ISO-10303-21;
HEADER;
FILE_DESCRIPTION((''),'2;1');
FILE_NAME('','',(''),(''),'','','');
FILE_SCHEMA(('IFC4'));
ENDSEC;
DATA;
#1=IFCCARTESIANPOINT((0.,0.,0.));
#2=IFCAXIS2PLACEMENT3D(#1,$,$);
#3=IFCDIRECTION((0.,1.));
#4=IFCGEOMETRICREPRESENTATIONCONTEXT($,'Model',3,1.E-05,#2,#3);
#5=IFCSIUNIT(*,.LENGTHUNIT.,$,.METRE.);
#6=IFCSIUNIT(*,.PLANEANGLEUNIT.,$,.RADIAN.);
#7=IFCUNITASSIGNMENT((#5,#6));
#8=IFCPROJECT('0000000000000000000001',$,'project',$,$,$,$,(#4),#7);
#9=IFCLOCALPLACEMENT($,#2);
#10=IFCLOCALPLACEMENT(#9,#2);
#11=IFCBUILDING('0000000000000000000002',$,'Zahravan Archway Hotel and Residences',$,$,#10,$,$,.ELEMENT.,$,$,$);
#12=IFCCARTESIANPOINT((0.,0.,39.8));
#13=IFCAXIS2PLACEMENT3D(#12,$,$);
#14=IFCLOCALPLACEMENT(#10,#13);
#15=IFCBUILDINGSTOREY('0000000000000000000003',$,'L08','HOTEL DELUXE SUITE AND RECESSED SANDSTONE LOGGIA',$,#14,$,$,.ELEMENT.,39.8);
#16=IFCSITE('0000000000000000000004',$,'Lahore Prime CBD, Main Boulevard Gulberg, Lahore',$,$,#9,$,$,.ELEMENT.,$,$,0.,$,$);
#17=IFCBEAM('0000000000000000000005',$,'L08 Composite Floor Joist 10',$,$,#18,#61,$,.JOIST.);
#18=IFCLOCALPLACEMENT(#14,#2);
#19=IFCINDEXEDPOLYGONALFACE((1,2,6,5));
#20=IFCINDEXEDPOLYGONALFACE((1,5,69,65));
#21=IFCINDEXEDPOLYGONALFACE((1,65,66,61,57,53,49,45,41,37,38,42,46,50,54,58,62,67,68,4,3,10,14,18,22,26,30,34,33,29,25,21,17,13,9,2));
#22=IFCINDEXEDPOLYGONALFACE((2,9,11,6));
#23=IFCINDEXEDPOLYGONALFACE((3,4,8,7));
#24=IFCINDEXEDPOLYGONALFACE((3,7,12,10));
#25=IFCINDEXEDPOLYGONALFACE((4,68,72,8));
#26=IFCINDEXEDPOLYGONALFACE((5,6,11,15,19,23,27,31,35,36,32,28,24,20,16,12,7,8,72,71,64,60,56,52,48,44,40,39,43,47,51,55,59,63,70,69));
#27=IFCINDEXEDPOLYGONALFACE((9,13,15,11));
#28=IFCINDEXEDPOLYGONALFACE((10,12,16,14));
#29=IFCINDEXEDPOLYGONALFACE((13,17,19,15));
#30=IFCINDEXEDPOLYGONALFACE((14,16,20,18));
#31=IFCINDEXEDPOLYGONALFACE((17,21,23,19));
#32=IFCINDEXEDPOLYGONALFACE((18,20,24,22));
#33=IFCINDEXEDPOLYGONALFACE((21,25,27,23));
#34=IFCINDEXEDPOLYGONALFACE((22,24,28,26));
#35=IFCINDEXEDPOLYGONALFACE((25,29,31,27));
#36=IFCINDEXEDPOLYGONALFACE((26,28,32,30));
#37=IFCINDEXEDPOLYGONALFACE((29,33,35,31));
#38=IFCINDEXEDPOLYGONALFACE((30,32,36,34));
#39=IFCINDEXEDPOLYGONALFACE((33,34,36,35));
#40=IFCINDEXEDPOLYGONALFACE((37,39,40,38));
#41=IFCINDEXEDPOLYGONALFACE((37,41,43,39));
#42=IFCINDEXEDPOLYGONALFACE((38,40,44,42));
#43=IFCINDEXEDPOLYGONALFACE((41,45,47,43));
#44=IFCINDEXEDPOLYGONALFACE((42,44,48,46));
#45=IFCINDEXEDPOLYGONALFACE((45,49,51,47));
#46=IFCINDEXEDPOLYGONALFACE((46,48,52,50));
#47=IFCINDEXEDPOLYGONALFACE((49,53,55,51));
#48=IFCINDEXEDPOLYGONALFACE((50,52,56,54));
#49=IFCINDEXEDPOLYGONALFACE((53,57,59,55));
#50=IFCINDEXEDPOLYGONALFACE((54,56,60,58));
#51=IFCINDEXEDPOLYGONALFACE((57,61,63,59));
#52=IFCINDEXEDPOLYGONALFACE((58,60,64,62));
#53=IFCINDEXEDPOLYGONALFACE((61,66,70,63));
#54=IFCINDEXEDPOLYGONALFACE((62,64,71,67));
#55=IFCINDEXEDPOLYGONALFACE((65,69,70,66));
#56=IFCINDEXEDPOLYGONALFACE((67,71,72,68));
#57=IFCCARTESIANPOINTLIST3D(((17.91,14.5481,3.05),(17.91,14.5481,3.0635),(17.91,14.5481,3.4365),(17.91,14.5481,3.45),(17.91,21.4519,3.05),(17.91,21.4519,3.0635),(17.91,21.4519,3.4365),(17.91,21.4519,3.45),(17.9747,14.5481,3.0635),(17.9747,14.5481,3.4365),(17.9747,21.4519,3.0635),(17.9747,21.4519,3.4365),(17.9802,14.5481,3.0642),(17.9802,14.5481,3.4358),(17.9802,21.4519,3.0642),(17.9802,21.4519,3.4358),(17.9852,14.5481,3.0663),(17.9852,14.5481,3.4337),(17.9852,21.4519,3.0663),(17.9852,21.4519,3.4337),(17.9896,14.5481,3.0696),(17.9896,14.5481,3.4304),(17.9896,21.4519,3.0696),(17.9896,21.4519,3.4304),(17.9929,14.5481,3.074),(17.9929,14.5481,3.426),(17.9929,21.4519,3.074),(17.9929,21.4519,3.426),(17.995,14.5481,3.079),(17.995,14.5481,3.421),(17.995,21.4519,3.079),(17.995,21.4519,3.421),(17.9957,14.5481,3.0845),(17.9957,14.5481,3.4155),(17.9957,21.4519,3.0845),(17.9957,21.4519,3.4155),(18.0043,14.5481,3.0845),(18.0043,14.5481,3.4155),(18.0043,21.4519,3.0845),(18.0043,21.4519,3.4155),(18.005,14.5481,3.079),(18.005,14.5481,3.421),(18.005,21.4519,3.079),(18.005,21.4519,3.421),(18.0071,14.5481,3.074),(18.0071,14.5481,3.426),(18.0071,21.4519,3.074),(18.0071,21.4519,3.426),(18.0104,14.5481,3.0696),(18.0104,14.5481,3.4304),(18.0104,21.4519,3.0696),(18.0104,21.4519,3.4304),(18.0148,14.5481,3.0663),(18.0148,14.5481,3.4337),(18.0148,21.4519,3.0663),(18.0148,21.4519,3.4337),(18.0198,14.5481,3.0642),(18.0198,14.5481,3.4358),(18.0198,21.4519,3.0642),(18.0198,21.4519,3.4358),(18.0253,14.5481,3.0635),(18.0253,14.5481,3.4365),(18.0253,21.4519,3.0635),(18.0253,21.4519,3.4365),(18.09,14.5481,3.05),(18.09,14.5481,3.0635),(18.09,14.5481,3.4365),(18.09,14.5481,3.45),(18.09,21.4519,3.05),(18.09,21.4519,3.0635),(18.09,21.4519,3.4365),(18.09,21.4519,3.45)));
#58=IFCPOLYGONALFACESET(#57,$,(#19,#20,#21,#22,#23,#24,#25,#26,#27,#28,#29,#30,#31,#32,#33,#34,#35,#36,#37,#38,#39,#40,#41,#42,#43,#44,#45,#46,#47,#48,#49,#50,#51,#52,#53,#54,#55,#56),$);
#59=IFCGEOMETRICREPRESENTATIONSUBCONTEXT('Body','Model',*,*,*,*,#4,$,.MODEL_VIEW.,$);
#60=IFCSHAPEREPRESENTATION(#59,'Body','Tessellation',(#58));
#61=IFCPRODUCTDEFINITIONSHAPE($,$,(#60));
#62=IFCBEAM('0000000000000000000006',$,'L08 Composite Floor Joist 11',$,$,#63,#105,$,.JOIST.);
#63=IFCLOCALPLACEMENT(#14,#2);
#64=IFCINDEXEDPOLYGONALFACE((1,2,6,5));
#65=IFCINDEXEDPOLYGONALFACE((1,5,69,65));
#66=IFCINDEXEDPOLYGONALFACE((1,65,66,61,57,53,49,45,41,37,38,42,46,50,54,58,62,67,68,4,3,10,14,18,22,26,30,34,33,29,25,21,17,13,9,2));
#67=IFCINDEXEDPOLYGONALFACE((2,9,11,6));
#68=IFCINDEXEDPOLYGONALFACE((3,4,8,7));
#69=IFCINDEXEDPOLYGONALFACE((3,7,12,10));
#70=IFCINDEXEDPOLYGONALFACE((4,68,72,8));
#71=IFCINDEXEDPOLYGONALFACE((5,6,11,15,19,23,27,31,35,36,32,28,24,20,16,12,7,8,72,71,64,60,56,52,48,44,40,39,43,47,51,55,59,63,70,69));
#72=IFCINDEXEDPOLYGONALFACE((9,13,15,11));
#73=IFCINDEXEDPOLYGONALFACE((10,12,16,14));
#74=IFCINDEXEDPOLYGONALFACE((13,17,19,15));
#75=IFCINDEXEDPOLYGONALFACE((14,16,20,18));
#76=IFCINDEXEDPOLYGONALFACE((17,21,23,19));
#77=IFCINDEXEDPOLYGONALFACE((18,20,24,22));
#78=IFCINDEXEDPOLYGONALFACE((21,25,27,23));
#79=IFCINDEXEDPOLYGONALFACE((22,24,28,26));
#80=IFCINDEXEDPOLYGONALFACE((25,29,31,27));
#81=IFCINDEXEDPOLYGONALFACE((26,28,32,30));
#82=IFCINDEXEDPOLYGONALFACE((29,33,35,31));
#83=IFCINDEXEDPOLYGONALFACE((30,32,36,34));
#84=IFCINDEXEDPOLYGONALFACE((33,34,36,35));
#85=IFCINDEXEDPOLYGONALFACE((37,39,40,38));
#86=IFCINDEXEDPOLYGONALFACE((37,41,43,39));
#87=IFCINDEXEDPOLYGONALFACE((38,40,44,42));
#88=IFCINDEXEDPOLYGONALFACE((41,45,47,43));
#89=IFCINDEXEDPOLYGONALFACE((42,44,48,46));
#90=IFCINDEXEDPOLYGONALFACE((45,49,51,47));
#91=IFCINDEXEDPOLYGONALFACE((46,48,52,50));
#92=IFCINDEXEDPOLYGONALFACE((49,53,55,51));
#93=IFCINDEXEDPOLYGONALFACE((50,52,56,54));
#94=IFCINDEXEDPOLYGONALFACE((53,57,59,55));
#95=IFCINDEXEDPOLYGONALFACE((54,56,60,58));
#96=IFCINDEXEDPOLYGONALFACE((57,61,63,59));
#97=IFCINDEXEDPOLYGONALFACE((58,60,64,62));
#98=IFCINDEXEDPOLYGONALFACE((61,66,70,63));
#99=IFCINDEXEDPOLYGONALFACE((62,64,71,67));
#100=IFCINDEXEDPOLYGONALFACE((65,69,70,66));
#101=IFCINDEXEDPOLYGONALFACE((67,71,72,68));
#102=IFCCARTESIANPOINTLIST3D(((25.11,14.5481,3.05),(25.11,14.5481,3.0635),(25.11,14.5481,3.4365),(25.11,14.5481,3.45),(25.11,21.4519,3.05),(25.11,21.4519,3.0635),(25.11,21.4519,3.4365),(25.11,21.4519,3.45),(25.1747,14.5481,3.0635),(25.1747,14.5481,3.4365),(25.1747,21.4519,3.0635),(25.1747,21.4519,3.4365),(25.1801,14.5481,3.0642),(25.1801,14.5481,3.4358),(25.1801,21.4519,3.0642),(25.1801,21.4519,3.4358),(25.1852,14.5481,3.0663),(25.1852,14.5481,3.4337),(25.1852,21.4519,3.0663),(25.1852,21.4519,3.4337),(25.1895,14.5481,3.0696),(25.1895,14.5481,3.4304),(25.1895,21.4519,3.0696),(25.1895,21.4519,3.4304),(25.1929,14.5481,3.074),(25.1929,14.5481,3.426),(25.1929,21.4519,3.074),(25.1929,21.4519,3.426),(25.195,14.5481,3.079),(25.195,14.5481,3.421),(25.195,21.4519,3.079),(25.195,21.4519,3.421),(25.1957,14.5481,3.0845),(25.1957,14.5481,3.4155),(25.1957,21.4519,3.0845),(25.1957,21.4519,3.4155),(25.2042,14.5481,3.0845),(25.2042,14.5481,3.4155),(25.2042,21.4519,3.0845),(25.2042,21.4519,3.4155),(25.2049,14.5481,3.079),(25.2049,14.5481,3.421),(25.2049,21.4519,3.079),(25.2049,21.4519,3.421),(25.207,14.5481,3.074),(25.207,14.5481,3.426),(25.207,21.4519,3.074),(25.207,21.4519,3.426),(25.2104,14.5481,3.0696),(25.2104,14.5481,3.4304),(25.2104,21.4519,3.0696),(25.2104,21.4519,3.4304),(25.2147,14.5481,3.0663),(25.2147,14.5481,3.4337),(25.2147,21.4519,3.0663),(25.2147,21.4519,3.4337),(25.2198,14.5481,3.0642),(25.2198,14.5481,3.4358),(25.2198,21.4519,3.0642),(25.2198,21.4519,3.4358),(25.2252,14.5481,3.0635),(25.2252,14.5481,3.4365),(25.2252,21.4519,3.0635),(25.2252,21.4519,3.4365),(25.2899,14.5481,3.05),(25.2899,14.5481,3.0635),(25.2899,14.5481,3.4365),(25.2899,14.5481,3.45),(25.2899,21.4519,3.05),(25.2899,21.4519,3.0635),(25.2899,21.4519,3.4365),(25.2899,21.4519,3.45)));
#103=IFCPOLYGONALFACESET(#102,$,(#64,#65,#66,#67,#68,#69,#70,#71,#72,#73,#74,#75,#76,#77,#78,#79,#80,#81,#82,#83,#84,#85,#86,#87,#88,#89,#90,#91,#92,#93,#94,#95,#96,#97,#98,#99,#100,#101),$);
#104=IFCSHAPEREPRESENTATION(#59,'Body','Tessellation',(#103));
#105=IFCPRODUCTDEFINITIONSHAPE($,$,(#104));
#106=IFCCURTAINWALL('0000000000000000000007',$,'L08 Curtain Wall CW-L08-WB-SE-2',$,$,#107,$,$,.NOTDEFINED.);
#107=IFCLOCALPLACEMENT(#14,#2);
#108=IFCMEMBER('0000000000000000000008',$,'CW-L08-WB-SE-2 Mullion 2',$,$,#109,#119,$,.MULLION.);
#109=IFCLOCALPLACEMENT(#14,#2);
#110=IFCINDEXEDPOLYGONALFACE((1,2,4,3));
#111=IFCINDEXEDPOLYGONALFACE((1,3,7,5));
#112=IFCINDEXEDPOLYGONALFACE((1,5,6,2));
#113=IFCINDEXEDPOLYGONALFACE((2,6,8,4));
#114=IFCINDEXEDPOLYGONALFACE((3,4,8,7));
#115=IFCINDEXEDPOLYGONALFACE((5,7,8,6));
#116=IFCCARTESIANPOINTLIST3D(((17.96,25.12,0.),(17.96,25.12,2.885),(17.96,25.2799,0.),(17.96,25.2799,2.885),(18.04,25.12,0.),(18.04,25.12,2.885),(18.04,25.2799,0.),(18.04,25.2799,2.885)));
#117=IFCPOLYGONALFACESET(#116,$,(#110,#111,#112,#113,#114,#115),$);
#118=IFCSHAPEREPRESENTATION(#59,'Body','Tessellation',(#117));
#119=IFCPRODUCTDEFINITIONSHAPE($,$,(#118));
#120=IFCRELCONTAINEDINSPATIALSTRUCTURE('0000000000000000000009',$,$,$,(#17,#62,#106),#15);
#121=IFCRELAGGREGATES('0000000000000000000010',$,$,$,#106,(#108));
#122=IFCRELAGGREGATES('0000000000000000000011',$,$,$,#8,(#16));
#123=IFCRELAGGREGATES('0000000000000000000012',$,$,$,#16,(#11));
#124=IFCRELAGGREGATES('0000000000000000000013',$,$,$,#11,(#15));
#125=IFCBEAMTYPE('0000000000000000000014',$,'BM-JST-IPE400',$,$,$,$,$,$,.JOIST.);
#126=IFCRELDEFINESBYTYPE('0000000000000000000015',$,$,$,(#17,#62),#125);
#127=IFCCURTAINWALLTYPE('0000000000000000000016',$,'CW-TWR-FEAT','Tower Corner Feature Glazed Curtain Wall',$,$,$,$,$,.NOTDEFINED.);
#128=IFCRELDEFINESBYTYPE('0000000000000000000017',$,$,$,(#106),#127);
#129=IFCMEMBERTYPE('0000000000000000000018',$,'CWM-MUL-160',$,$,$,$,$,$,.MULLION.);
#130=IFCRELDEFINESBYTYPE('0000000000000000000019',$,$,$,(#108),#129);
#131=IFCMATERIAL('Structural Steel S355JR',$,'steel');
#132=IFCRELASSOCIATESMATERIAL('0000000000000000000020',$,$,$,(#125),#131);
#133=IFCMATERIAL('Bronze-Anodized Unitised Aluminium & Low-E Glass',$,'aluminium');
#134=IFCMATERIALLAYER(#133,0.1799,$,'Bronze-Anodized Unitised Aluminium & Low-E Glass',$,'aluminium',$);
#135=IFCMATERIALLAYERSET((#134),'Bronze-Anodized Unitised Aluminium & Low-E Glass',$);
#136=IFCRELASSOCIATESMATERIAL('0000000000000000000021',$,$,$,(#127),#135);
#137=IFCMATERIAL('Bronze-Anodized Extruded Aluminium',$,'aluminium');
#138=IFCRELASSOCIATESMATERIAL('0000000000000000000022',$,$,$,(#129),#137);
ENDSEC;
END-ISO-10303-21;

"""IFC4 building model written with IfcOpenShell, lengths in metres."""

from ifc_helpers import new_model, si_unit, direction, frame, origin, origin_2d, place, context, subcontext, project, spatial, rectangle, i_section, extrude, source, transform, mapped, material, layer, layer_set, material_profile, profile_set, type_object, element, aggregate, save


model = new_model("IFC4")

# Units and contexts
model_context = context("Model", 3, precision=1e-05, world=origin(), true_north=direction((0.0, 1.0)))
body_context = subcontext(model_context, "Body", "Model", "MODEL_VIEW")
ifc_project = project(units=[si_unit("LENGTHUNIT", "METRE"), si_unit("PLANEANGLEUNIT", "RADIAN")], contexts=[model_context])

# Site, building, storey
site_placement = place(None, origin())
site = spatial("IfcSite", under=ifc_project, at=site_placement, Name="Lahore Prime CBD, Main Boulevard Gulberg, Lahore", CompositionType="ELEMENT", RefElevation=0.0)
building_placement = place(site_placement, origin())
building = spatial("IfcBuilding", under=site, at=building_placement, Name="Zahravan Archway Hotel and Residences", CompositionType="ELEMENT")
storey_placement = place(building_placement, frame((0.0, 0.0, 39.8)))
storey = spatial("IfcBuildingStorey", under=building, at=storey_placement, Name="L08", Description="HOTEL DELUXE SUITE AND RECESSED SANDSTONE LOGGIA", CompositionType="ELEMENT", Elevation=39.8)

# Beams
ifc_material_1 = material(Name="Structural Steel S355JR", Category="steel")
ifc_material_profile_1 = material_profile(ifc_material_1, i_section(OverallWidth=0.1799, OverallDepth=0.3999, WebThickness=0.0085, FlangeThickness=0.0134, FilletRadius=0.021, at=origin_2d()), Name="IPE 400", Category="steel")
ifc_profile_set_1 = profile_set([ifc_material_profile_1], Name="Structural Steel S355JR")
beam_type_1 = type_object("IfcBeamType", Name="BM-JST-IPE400", PredefinedType="JOIST", material=ifc_profile_set_1)
shared_shape_1 = source(origin(), body_context, "Body", "SweptSolid", [
    extrude(i_section(OverallWidth=0.1799, OverallDepth=0.3999, WebThickness=0.0085, FlangeThickness=0.0134, FilletRadius=0.021, at=origin_2d()), origin(), (0.0, 0.0, 1.0), 6.9038),
])
for number, where, z_axis, x_axis, name in (
    (1, (18.0, 14.5481, 3.25), (0.0, 1.0, 0.0), (-1.0, 0.0, 0.0), "L08 Composite Floor Joist 10"),
    (2, (25.2, 14.5481, 3.25), (0.0, 1.0, 0.0), (-1.0, 0.0, 0.0), "L08 Composite Floor Joist 11"),
):
    element("IfcBeam", number, at=place(storey_placement, frame(where, z_axis=z_axis, x_axis=x_axis)), inside=storey, type_object=beam_type_1, Name=name, PredefinedType="JOIST", context=body_context, shape_type="MappedRepresentation", body=[
        mapped(shared_shape_1, transform((0.0, 0.0, 0.0), scale=1.0)),
    ])

# Curtain wall, member
ifc_material_2 = material(Name="Bronze-Anodized Unitised Aluminium & Low-E Glass", Category="aluminium")
ifc_layer_1 = layer(ifc_material_2, 0.1799, Name="Bronze-Anodized Unitised Aluminium & Low-E Glass", Category="aluminium")
ifc_layer_set_1 = layer_set([ifc_layer_1], Name="Bronze-Anodized Unitised Aluminium & Low-E Glass")
curtain_wall_type = type_object("IfcCurtainWallType", Name="CW-TWR-FEAT", Description="Tower Corner Feature Glazed Curtain Wall", PredefinedType="NOTDEFINED", material=ifc_layer_set_1)
curtain_wall_placement = place(storey_placement, origin())
curtain_wall = element("IfcCurtainWall", 3, at=curtain_wall_placement, inside=storey, type_object=curtain_wall_type, Name="L08 Curtain Wall CW-L08-WB-SE-2", PredefinedType="NOTDEFINED")
ifc_material_3 = material(Name="Bronze-Anodized Extruded Aluminium", Category="aluminium")
ifc_material_profile_2 = material_profile(ifc_material_3, rectangle(XDim=0.0801, YDim=0.1599, at=origin_2d()), Name="MUL 80x160", Category="aluminium")
ifc_profile_set_2 = profile_set([ifc_material_profile_2], Name="Bronze-Anodized Extruded Aluminium")
member_type = type_object("IfcMemberType", Name="CWM-MUL-160", PredefinedType="MULLION", material=ifc_profile_set_2)
shared_shape_2 = source(origin(), body_context, "Body", "SweptSolid", [
    extrude(rectangle(XDim=0.0801, YDim=0.1599, at=origin_2d()), origin(), (0.0, 0.0, 1.0), 2.885),
])
member_placement = place(storey_placement, frame((18.0, 25.2, 0.0), z_axis=(0.0, 0.0, 1.0), x_axis=(1.0, 0.0, 0.0)))
member = element("IfcMember", 4, at=member_placement, type_object=member_type, Name="CW-L08-WB-SE-2 Mullion 2", PredefinedType="MULLION", context=body_context, shape_type="MappedRepresentation", body=[
    mapped(shared_shape_2, transform((0.0, 0.0, 0.0), scale=1.0)),
])
aggregate(curtain_wall, [member])

save(model, "model.ifc")
